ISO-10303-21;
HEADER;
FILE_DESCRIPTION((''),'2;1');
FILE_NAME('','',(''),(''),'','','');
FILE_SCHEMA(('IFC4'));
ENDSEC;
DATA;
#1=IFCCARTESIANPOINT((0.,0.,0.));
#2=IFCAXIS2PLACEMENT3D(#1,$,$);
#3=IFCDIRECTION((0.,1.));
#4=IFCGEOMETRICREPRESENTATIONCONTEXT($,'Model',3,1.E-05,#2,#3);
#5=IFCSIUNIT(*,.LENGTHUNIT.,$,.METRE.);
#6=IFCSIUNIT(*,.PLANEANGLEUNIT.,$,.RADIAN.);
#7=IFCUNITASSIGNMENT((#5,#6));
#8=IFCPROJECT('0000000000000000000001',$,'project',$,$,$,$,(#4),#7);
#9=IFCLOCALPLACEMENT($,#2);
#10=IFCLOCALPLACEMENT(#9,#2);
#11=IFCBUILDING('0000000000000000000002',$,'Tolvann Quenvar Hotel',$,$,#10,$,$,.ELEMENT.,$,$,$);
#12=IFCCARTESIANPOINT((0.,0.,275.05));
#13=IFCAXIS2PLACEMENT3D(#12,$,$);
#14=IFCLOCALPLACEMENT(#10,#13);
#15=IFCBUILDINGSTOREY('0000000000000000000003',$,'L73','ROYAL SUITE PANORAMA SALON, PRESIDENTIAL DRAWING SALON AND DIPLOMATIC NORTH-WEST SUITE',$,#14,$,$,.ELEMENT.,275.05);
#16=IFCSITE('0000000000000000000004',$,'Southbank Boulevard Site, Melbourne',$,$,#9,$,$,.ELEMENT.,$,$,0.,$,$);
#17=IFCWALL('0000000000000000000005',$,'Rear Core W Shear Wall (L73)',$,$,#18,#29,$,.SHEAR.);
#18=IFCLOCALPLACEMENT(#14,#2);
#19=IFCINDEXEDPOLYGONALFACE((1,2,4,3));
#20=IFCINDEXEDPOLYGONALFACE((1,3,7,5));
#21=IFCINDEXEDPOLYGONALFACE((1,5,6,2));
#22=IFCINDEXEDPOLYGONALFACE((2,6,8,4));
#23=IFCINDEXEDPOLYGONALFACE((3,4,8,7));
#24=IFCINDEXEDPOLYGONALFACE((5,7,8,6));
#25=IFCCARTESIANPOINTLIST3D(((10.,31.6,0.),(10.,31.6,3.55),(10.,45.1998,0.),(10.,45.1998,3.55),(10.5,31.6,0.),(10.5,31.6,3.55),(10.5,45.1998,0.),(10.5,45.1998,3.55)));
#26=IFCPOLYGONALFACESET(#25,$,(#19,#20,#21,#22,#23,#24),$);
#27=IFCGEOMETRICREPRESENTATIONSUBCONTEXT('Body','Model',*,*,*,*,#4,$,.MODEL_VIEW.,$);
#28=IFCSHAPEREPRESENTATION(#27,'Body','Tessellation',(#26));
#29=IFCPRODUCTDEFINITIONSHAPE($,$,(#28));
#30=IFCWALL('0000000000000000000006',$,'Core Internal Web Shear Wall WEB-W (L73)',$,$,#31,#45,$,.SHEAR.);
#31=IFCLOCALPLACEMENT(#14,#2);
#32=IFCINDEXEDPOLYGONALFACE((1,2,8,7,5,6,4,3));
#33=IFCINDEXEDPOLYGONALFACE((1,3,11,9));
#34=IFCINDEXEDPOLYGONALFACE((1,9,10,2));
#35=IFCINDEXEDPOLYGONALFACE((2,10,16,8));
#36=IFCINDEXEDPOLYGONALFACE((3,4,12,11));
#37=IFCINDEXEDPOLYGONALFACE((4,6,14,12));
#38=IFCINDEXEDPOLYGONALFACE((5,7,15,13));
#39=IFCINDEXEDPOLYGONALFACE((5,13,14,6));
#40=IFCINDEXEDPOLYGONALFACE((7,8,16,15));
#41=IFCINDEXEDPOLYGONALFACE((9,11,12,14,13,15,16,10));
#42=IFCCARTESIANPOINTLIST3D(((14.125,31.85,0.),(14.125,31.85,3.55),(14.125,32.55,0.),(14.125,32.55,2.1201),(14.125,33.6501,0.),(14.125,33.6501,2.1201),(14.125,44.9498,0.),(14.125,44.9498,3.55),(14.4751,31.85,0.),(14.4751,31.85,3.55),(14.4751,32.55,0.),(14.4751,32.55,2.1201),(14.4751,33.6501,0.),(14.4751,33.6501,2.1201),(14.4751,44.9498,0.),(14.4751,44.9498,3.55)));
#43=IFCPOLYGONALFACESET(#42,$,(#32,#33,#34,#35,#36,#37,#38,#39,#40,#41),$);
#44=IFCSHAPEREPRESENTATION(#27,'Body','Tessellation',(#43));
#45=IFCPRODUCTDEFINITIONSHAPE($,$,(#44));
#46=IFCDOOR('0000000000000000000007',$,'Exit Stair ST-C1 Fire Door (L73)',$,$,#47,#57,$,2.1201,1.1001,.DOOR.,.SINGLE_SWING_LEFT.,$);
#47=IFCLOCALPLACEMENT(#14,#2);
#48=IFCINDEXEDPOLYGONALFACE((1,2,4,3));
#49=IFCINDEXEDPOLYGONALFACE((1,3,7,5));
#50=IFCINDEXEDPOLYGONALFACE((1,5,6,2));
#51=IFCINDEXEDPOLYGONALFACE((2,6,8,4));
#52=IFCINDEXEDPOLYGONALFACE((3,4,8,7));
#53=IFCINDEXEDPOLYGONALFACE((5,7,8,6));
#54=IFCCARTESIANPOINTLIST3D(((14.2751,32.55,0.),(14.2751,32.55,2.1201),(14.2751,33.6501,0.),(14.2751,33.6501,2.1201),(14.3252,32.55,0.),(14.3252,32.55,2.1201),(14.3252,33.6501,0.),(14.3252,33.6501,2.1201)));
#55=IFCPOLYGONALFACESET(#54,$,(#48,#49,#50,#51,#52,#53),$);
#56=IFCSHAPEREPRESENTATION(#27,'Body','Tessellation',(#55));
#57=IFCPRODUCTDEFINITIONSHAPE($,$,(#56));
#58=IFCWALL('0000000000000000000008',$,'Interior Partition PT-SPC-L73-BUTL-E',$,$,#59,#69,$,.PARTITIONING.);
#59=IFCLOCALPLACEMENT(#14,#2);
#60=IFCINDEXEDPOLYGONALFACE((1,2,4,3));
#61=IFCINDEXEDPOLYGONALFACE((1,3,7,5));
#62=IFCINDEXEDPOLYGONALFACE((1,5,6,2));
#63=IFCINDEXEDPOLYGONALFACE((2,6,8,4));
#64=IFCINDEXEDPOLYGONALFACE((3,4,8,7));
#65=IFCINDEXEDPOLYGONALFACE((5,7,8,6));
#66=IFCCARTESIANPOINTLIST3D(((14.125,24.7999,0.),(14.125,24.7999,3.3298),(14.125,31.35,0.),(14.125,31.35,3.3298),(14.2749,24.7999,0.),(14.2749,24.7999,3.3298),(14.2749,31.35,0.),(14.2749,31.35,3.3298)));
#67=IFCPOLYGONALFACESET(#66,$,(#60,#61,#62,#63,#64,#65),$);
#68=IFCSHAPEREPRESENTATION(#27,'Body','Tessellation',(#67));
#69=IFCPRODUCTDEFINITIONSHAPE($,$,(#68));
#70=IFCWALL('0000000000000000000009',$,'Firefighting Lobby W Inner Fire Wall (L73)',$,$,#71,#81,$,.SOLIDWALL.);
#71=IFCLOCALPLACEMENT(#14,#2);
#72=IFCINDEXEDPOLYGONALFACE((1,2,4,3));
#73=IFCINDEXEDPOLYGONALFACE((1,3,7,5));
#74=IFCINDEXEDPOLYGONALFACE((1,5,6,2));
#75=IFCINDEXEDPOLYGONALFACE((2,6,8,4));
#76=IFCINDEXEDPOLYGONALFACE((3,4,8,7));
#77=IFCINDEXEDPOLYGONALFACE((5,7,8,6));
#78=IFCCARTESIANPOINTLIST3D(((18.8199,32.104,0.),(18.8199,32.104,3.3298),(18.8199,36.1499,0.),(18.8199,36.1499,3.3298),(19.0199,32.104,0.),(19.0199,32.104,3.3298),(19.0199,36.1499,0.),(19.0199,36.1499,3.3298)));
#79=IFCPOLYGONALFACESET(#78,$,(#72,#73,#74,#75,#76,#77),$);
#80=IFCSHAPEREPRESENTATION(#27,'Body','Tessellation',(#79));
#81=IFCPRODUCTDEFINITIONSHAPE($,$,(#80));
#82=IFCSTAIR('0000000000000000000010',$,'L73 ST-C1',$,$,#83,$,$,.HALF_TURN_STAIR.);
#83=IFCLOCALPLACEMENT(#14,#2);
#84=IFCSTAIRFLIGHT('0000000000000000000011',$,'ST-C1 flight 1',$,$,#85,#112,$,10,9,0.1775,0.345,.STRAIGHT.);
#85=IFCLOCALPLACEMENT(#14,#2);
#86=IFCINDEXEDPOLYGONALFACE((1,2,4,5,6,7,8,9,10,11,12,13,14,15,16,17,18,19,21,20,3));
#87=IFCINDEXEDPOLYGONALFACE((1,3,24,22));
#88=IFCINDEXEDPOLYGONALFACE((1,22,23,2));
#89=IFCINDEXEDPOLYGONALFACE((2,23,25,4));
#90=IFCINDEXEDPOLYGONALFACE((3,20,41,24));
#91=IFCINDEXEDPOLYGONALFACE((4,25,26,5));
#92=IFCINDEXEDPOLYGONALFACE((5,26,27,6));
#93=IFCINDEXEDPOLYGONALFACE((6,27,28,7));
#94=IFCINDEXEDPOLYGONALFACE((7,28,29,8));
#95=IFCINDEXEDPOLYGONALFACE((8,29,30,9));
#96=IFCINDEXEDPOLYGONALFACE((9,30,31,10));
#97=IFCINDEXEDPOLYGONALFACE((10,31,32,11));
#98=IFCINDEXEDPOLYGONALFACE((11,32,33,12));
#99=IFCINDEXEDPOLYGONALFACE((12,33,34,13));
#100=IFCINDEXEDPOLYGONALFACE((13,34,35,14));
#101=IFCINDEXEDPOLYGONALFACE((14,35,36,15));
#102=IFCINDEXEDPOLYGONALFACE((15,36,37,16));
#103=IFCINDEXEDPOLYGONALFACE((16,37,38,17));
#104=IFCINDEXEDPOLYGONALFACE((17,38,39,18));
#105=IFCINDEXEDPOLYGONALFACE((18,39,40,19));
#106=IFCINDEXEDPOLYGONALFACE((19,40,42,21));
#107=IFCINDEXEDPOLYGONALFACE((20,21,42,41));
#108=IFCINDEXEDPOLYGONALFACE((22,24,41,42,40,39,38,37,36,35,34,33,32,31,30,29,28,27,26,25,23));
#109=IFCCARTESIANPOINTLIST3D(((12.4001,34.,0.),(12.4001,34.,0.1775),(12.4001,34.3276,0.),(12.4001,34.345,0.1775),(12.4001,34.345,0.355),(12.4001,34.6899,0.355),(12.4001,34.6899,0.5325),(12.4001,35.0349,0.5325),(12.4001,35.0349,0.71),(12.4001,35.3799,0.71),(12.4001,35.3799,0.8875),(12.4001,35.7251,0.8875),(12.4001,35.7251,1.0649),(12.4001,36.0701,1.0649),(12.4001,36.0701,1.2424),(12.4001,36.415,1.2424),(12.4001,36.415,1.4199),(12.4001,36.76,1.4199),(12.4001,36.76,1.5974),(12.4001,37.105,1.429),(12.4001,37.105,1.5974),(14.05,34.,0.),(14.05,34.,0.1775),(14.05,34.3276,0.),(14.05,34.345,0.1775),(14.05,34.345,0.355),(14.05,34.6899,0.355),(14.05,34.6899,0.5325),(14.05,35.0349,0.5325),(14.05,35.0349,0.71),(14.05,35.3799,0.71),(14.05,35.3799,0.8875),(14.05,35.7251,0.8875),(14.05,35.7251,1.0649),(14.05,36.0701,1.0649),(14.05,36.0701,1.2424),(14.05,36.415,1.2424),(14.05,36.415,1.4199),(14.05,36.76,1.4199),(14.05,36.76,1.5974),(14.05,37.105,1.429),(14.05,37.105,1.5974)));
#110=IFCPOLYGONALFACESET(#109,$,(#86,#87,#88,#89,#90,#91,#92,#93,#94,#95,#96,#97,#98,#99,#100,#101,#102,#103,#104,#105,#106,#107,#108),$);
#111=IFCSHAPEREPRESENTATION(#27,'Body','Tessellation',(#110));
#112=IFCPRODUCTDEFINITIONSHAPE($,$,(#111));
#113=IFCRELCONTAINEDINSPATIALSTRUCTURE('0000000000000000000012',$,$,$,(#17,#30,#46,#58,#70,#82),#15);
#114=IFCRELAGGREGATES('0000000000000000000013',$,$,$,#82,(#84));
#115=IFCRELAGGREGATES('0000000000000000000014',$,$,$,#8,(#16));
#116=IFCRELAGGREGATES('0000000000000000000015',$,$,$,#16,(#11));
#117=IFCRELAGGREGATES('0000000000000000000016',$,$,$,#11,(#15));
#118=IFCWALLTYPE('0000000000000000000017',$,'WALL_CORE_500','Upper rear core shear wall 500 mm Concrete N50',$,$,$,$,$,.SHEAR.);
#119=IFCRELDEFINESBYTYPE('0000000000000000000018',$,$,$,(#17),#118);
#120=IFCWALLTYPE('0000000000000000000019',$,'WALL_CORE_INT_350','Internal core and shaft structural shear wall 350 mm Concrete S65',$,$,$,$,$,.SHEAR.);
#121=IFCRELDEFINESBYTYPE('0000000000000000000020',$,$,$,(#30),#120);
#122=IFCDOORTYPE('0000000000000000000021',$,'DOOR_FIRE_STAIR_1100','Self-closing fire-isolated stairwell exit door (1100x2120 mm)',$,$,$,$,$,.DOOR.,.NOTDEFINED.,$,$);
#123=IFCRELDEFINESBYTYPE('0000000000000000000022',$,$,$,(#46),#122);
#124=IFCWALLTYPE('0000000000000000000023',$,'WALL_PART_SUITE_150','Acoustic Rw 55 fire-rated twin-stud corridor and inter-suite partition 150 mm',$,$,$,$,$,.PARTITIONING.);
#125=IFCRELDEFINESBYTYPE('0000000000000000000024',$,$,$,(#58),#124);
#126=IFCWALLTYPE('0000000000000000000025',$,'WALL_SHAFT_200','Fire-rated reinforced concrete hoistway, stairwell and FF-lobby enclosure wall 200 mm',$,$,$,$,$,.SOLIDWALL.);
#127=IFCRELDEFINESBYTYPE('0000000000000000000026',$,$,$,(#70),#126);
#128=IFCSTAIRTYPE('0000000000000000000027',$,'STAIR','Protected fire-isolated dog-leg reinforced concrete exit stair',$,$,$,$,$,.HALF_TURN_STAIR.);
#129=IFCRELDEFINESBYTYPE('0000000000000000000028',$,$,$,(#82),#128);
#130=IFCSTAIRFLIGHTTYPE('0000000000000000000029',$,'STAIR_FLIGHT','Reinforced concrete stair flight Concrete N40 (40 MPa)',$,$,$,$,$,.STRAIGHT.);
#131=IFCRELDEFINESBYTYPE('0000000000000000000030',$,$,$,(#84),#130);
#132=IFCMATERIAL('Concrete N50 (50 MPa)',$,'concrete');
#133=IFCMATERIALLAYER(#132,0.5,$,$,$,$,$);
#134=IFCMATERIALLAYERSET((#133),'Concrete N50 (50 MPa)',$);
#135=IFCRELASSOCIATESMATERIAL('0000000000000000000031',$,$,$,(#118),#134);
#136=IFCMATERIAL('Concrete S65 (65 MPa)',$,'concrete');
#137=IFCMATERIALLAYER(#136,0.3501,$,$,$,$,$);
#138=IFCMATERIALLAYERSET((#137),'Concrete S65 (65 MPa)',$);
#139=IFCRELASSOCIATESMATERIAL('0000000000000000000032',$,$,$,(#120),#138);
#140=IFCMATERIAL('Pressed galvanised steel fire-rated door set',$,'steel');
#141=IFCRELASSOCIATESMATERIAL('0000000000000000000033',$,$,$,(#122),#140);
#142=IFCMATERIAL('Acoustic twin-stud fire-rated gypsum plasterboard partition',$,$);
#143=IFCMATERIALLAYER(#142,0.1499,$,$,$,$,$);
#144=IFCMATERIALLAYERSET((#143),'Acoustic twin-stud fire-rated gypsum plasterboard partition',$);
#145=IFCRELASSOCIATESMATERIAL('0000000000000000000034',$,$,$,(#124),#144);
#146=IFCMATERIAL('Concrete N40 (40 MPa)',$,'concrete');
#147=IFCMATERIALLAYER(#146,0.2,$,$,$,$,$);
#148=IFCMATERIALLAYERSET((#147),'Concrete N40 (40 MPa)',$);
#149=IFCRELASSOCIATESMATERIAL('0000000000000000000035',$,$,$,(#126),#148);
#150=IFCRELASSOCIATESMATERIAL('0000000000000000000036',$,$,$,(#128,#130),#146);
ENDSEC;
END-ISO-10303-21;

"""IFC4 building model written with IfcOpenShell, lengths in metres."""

from ifc_helpers import new_model, si_unit, direction, frame, frame_2d, origin, place, context, subcontext, project, spatial, polyline, rectangle, outline, extrude, source, transform, mapped, material, layer, layer_set, type_object, type_shapes, element, fill, aggregate, save


model = new_model("IFC4")

# Units and contexts
model_context = context("Model", 3, precision=1e-05, world=origin(), true_north=direction((0.0, 1.0)))
body_context = subcontext(model_context, "Body", "Model", "MODEL_VIEW")
ifc_project = project(units=[si_unit("LENGTHUNIT", "METRE"), si_unit("PLANEANGLEUNIT", "RADIAN")], contexts=[model_context])

# Site, building, storey
site_placement = place(None, origin())
site = spatial("IfcSite", under=ifc_project, at=site_placement, Name="Southbank Boulevard Site, Melbourne", CompositionType="ELEMENT", RefElevation=0.0)
building_placement = place(site_placement, origin())
building = spatial("IfcBuilding", under=site, at=building_placement, Name="Tolvann Quenvar Hotel", CompositionType="ELEMENT")
storey_placement = place(building_placement, frame((0.0, 0.0, 275.05)))
storey = spatial("IfcBuildingStorey", under=building, at=storey_placement, Name="L73", Description="ROYAL SUITE PANORAMA SALON, PRESIDENTIAL DRAWING SALON AND DIPLOMATIC NORTH-WEST SUITE", CompositionType="ELEMENT", Elevation=275.05)

# Shared definitions
ifc_material_1 = material(Name="Concrete N50 (50 MPa)", Category="concrete")

# Shared definitions
ifc_layer_1 = layer(ifc_material_1, 0.5)
ifc_layer_set_1 = layer_set([ifc_layer_1], Name="Concrete N50 (50 MPa)")
wall_type_1 = type_object("IfcWallType", Name="WALL_CORE_500", Description="Upper rear core shear wall 500 mm Concrete N50", PredefinedType="SHEAR", material=ifc_layer_set_1)

# Wall
wall_1_placement = place(storey_placement, frame((10.25, 31.6001, 0.0), z_axis=(0.0, 0.0, 1.0), x_axis=(0.0, 1.0, 0.0)))
element("IfcWall", 1, at=wall_1_placement, inside=storey, type_object=wall_type_1, Name="Rear Core W Shear Wall (L73)", PredefinedType="SHEAR", context=body_context, shape_type="SweptSolid", body=[
    extrude(rectangle(XDim=13.5999, YDim=0.5, at=frame_2d((6.7998, 0.0))), origin(), (0.0, 0.0, 1.0), 3.55),
])

# Wall, opening, door
ifc_material_2 = material(Name="Concrete S65 (65 MPa)", Category="concrete")
ifc_layer_2 = layer(ifc_material_2, 0.3501)
ifc_layer_set_2 = layer_set([ifc_layer_2], Name="Concrete S65 (65 MPa)")
wall_type_2 = type_object("IfcWallType", Name="WALL_CORE_INT_350", Description="Internal core and shaft structural shear wall 350 mm Concrete S65", PredefinedType="SHEAR", material=ifc_layer_set_2)
wall_2_placement = place(storey_placement, frame((14.3, 31.8501, 0.0), z_axis=(0.0, 0.0, 1.0), x_axis=(0.0, 1.0, 0.0)))
wall_2 = element("IfcWall", 2, at=wall_2_placement, inside=storey, type_object=wall_type_2, Name="Core Internal Web Shear Wall WEB-W (L73)", PredefinedType="SHEAR", context=body_context, shape_type="SweptSolid", body=[
    extrude(rectangle(XDim=13.0999, YDim=0.3501, at=frame_2d((6.5498, 0.0))), origin(), (0.0, 0.0, 1.0), 3.55),
])
opening_1_placement = place(wall_2_placement, frame((0.7, 0.0, 0.0)))
opening_1 = element("IfcOpeningElement", 3, at=opening_1_placement, cuts=wall_2, PredefinedType="OPENING", context=body_context, shape_type="SweptSolid", body=[
    extrude(rectangle(XDim=1.1001, YDim=2.1201, at=frame_2d((0.55, 1.0601))), frame((0.0, 0.1851, 0.0), z_axis=(0.0, -1.0, 0.0), x_axis=(1.0, 0.0, 0.0)), (0.0, 0.0, 1.0), 0.3701),
])
ifc_material_3 = material(Name="Pressed galvanised steel fire-rated door set", Category="steel")
door_type_1 = type_object("IfcDoorType", Name="DOOR_FIRE_STAIR_1100", Description="Self-closing fire-isolated stairwell exit door (1100x2120 mm)", OperationType="NOTDEFINED", PredefinedType="DOOR", material=ifc_material_3)
shared_shape_1 = source(origin(), body_context, "Body", "SweptSolid", [
    extrude(rectangle(XDim=1.1001, YDim=2.1201, at=frame_2d((0.55, 1.0601))), frame((0.0, 0.0249, 0.0), z_axis=(0.0, -1.0, 0.0), x_axis=(1.0, 0.0, 0.0)), (0.0, 0.0, 1.0), 0.05),
])
type_shapes(door_type_1, [shared_shape_1])
door_1_placement = place(opening_1_placement, origin())
door_1 = element("IfcDoor", 4, at=door_1_placement, inside=storey, type_object=door_type_1, Name="Exit Stair ST-C1 Fire Door (L73)", OperationType="SINGLE_SWING_LEFT", OverallHeight=2.1201, OverallWidth=1.1001, PredefinedType="DOOR", context=body_context, shape_type="MappedRepresentation", body=[
    mapped(shared_shape_1, transform((0.0, 0.0, 0.0), x_axis=(1.0, 0.0, 0.0), y_axis=(0.0, 1.0, 0.0), z_axis=(0.0, 0.0, 1.0), scale=1.0)),
])
fill(opening_1, door_1)

# Walls
ifc_material_4 = material(Name="Acoustic twin-stud fire-rated gypsum plasterboard partition")
ifc_layer_3 = layer(ifc_material_4, 0.1499)
ifc_layer_set_3 = layer_set([ifc_layer_3], Name="Acoustic twin-stud fire-rated gypsum plasterboard partition")
wall_type_3 = type_object("IfcWallType", Name="WALL_PART_SUITE_150", Description="Acoustic Rw 55 fire-rated twin-stud corridor and inter-suite partition 150 mm", PredefinedType="PARTITIONING", material=ifc_layer_set_3)
wall_3_placement = place(storey_placement, frame((14.2, 24.8, 0.0), z_axis=(0.0, 0.0, 1.0), x_axis=(0.0, 1.0, 0.0)))
element("IfcWall", 5, at=wall_3_placement, inside=storey, type_object=wall_type_3, Name="Interior Partition PT-SPC-L73-BUTL-E", PredefinedType="PARTITIONING", context=body_context, shape_type="SweptSolid", body=[
    extrude(rectangle(XDim=6.55, YDim=0.1499, at=frame_2d((3.2749, 0.0))), origin(), (0.0, 0.0, 1.0), 3.3298),
])
ifc_material_5 = material(Name="Concrete N40 (40 MPa)", Category="concrete")
ifc_layer_4 = layer(ifc_material_5, 0.2)
ifc_layer_set_4 = layer_set([ifc_layer_4], Name="Concrete N40 (40 MPa)")
wall_type_4 = type_object("IfcWallType", Name="WALL_SHAFT_200", Description="Fire-rated reinforced concrete hoistway, stairwell and FF-lobby enclosure wall 200 mm", PredefinedType="SOLIDWALL", material=ifc_layer_set_4)
wall_4_placement = place(storey_placement, frame((18.9199, 32.104, 0.0), z_axis=(0.0, 0.0, 1.0), x_axis=(0.0, 1.0, 0.0)))
element("IfcWall", 6, at=wall_4_placement, inside=storey, type_object=wall_type_4, Name="Firefighting Lobby W Inner Fire Wall (L73)", PredefinedType="SOLIDWALL", context=body_context, shape_type="SweptSolid", body=[
    extrude(rectangle(XDim=4.0459, YDim=0.2, at=frame_2d((2.0229, 0.0))), origin(), (0.0, 0.0, 1.0), 3.3298),
])

# Stair, stair flight
stair_type = type_object("IfcStairType", Name="STAIR", Description="Protected fire-isolated dog-leg reinforced concrete exit stair", PredefinedType="HALF_TURN_STAIR", material=ifc_material_5)
stair_placement = place(storey_placement, origin())
stair = element("IfcStair", 7, at=stair_placement, inside=storey, type_object=stair_type, Name="L73 ST-C1", PredefinedType="HALF_TURN_STAIR")
stair_flight_type = type_object("IfcStairFlightType", Name="STAIR_FLIGHT", Description="Reinforced concrete stair flight Concrete N40 (40 MPa)", PredefinedType="STRAIGHT", material=ifc_material_5)
stair_flight_placement = place(storey_placement, frame((13.2251, 34.0, 0.0), z_axis=(0.0, 0.0, 1.0), x_axis=(0.0, 1.0, 0.0)))
stair_flight = element("IfcStairFlight", 8, at=stair_flight_placement, type_object=stair_flight_type, Name="ST-C1 flight 1", NumberOfRisers=10, NumberOfTreads=9, PredefinedType="STRAIGHT", RiserHeight=0.1775, TreadLength=0.345, context=body_context, shape_type="SweptSolid", body=[
    extrude(outline(polyline([(0.0, 0.0), (0.0, 0.1775), (0.345, 0.1775), (0.345, 0.355), (0.6899, 0.355), (0.6899, 0.5325), (1.0349, 0.5325), (1.0349, 0.71), (1.3799, 0.71), (1.3799, 0.8875), (1.7251, 0.8875), (1.7251, 1.0649), (2.0701, 1.0649), (2.0701, 1.2424), (2.415, 1.2424), (2.415, 1.4199), (2.76, 1.4199), (2.76, 1.5974), (3.105, 1.5974), (3.105, 1.7749), (3.105, 1.429), (0.3276, 0.0), (0.0, 0.0)])), frame((0.0, 0.825, 0.0), z_axis=(0.0, -1.0, 0.0), x_axis=(1.0, 0.0, 0.0)), (0.0, 0.0, 1.0), 1.6499),
])
aggregate(stair, [stair_flight])

save(model, "model.ifc")
